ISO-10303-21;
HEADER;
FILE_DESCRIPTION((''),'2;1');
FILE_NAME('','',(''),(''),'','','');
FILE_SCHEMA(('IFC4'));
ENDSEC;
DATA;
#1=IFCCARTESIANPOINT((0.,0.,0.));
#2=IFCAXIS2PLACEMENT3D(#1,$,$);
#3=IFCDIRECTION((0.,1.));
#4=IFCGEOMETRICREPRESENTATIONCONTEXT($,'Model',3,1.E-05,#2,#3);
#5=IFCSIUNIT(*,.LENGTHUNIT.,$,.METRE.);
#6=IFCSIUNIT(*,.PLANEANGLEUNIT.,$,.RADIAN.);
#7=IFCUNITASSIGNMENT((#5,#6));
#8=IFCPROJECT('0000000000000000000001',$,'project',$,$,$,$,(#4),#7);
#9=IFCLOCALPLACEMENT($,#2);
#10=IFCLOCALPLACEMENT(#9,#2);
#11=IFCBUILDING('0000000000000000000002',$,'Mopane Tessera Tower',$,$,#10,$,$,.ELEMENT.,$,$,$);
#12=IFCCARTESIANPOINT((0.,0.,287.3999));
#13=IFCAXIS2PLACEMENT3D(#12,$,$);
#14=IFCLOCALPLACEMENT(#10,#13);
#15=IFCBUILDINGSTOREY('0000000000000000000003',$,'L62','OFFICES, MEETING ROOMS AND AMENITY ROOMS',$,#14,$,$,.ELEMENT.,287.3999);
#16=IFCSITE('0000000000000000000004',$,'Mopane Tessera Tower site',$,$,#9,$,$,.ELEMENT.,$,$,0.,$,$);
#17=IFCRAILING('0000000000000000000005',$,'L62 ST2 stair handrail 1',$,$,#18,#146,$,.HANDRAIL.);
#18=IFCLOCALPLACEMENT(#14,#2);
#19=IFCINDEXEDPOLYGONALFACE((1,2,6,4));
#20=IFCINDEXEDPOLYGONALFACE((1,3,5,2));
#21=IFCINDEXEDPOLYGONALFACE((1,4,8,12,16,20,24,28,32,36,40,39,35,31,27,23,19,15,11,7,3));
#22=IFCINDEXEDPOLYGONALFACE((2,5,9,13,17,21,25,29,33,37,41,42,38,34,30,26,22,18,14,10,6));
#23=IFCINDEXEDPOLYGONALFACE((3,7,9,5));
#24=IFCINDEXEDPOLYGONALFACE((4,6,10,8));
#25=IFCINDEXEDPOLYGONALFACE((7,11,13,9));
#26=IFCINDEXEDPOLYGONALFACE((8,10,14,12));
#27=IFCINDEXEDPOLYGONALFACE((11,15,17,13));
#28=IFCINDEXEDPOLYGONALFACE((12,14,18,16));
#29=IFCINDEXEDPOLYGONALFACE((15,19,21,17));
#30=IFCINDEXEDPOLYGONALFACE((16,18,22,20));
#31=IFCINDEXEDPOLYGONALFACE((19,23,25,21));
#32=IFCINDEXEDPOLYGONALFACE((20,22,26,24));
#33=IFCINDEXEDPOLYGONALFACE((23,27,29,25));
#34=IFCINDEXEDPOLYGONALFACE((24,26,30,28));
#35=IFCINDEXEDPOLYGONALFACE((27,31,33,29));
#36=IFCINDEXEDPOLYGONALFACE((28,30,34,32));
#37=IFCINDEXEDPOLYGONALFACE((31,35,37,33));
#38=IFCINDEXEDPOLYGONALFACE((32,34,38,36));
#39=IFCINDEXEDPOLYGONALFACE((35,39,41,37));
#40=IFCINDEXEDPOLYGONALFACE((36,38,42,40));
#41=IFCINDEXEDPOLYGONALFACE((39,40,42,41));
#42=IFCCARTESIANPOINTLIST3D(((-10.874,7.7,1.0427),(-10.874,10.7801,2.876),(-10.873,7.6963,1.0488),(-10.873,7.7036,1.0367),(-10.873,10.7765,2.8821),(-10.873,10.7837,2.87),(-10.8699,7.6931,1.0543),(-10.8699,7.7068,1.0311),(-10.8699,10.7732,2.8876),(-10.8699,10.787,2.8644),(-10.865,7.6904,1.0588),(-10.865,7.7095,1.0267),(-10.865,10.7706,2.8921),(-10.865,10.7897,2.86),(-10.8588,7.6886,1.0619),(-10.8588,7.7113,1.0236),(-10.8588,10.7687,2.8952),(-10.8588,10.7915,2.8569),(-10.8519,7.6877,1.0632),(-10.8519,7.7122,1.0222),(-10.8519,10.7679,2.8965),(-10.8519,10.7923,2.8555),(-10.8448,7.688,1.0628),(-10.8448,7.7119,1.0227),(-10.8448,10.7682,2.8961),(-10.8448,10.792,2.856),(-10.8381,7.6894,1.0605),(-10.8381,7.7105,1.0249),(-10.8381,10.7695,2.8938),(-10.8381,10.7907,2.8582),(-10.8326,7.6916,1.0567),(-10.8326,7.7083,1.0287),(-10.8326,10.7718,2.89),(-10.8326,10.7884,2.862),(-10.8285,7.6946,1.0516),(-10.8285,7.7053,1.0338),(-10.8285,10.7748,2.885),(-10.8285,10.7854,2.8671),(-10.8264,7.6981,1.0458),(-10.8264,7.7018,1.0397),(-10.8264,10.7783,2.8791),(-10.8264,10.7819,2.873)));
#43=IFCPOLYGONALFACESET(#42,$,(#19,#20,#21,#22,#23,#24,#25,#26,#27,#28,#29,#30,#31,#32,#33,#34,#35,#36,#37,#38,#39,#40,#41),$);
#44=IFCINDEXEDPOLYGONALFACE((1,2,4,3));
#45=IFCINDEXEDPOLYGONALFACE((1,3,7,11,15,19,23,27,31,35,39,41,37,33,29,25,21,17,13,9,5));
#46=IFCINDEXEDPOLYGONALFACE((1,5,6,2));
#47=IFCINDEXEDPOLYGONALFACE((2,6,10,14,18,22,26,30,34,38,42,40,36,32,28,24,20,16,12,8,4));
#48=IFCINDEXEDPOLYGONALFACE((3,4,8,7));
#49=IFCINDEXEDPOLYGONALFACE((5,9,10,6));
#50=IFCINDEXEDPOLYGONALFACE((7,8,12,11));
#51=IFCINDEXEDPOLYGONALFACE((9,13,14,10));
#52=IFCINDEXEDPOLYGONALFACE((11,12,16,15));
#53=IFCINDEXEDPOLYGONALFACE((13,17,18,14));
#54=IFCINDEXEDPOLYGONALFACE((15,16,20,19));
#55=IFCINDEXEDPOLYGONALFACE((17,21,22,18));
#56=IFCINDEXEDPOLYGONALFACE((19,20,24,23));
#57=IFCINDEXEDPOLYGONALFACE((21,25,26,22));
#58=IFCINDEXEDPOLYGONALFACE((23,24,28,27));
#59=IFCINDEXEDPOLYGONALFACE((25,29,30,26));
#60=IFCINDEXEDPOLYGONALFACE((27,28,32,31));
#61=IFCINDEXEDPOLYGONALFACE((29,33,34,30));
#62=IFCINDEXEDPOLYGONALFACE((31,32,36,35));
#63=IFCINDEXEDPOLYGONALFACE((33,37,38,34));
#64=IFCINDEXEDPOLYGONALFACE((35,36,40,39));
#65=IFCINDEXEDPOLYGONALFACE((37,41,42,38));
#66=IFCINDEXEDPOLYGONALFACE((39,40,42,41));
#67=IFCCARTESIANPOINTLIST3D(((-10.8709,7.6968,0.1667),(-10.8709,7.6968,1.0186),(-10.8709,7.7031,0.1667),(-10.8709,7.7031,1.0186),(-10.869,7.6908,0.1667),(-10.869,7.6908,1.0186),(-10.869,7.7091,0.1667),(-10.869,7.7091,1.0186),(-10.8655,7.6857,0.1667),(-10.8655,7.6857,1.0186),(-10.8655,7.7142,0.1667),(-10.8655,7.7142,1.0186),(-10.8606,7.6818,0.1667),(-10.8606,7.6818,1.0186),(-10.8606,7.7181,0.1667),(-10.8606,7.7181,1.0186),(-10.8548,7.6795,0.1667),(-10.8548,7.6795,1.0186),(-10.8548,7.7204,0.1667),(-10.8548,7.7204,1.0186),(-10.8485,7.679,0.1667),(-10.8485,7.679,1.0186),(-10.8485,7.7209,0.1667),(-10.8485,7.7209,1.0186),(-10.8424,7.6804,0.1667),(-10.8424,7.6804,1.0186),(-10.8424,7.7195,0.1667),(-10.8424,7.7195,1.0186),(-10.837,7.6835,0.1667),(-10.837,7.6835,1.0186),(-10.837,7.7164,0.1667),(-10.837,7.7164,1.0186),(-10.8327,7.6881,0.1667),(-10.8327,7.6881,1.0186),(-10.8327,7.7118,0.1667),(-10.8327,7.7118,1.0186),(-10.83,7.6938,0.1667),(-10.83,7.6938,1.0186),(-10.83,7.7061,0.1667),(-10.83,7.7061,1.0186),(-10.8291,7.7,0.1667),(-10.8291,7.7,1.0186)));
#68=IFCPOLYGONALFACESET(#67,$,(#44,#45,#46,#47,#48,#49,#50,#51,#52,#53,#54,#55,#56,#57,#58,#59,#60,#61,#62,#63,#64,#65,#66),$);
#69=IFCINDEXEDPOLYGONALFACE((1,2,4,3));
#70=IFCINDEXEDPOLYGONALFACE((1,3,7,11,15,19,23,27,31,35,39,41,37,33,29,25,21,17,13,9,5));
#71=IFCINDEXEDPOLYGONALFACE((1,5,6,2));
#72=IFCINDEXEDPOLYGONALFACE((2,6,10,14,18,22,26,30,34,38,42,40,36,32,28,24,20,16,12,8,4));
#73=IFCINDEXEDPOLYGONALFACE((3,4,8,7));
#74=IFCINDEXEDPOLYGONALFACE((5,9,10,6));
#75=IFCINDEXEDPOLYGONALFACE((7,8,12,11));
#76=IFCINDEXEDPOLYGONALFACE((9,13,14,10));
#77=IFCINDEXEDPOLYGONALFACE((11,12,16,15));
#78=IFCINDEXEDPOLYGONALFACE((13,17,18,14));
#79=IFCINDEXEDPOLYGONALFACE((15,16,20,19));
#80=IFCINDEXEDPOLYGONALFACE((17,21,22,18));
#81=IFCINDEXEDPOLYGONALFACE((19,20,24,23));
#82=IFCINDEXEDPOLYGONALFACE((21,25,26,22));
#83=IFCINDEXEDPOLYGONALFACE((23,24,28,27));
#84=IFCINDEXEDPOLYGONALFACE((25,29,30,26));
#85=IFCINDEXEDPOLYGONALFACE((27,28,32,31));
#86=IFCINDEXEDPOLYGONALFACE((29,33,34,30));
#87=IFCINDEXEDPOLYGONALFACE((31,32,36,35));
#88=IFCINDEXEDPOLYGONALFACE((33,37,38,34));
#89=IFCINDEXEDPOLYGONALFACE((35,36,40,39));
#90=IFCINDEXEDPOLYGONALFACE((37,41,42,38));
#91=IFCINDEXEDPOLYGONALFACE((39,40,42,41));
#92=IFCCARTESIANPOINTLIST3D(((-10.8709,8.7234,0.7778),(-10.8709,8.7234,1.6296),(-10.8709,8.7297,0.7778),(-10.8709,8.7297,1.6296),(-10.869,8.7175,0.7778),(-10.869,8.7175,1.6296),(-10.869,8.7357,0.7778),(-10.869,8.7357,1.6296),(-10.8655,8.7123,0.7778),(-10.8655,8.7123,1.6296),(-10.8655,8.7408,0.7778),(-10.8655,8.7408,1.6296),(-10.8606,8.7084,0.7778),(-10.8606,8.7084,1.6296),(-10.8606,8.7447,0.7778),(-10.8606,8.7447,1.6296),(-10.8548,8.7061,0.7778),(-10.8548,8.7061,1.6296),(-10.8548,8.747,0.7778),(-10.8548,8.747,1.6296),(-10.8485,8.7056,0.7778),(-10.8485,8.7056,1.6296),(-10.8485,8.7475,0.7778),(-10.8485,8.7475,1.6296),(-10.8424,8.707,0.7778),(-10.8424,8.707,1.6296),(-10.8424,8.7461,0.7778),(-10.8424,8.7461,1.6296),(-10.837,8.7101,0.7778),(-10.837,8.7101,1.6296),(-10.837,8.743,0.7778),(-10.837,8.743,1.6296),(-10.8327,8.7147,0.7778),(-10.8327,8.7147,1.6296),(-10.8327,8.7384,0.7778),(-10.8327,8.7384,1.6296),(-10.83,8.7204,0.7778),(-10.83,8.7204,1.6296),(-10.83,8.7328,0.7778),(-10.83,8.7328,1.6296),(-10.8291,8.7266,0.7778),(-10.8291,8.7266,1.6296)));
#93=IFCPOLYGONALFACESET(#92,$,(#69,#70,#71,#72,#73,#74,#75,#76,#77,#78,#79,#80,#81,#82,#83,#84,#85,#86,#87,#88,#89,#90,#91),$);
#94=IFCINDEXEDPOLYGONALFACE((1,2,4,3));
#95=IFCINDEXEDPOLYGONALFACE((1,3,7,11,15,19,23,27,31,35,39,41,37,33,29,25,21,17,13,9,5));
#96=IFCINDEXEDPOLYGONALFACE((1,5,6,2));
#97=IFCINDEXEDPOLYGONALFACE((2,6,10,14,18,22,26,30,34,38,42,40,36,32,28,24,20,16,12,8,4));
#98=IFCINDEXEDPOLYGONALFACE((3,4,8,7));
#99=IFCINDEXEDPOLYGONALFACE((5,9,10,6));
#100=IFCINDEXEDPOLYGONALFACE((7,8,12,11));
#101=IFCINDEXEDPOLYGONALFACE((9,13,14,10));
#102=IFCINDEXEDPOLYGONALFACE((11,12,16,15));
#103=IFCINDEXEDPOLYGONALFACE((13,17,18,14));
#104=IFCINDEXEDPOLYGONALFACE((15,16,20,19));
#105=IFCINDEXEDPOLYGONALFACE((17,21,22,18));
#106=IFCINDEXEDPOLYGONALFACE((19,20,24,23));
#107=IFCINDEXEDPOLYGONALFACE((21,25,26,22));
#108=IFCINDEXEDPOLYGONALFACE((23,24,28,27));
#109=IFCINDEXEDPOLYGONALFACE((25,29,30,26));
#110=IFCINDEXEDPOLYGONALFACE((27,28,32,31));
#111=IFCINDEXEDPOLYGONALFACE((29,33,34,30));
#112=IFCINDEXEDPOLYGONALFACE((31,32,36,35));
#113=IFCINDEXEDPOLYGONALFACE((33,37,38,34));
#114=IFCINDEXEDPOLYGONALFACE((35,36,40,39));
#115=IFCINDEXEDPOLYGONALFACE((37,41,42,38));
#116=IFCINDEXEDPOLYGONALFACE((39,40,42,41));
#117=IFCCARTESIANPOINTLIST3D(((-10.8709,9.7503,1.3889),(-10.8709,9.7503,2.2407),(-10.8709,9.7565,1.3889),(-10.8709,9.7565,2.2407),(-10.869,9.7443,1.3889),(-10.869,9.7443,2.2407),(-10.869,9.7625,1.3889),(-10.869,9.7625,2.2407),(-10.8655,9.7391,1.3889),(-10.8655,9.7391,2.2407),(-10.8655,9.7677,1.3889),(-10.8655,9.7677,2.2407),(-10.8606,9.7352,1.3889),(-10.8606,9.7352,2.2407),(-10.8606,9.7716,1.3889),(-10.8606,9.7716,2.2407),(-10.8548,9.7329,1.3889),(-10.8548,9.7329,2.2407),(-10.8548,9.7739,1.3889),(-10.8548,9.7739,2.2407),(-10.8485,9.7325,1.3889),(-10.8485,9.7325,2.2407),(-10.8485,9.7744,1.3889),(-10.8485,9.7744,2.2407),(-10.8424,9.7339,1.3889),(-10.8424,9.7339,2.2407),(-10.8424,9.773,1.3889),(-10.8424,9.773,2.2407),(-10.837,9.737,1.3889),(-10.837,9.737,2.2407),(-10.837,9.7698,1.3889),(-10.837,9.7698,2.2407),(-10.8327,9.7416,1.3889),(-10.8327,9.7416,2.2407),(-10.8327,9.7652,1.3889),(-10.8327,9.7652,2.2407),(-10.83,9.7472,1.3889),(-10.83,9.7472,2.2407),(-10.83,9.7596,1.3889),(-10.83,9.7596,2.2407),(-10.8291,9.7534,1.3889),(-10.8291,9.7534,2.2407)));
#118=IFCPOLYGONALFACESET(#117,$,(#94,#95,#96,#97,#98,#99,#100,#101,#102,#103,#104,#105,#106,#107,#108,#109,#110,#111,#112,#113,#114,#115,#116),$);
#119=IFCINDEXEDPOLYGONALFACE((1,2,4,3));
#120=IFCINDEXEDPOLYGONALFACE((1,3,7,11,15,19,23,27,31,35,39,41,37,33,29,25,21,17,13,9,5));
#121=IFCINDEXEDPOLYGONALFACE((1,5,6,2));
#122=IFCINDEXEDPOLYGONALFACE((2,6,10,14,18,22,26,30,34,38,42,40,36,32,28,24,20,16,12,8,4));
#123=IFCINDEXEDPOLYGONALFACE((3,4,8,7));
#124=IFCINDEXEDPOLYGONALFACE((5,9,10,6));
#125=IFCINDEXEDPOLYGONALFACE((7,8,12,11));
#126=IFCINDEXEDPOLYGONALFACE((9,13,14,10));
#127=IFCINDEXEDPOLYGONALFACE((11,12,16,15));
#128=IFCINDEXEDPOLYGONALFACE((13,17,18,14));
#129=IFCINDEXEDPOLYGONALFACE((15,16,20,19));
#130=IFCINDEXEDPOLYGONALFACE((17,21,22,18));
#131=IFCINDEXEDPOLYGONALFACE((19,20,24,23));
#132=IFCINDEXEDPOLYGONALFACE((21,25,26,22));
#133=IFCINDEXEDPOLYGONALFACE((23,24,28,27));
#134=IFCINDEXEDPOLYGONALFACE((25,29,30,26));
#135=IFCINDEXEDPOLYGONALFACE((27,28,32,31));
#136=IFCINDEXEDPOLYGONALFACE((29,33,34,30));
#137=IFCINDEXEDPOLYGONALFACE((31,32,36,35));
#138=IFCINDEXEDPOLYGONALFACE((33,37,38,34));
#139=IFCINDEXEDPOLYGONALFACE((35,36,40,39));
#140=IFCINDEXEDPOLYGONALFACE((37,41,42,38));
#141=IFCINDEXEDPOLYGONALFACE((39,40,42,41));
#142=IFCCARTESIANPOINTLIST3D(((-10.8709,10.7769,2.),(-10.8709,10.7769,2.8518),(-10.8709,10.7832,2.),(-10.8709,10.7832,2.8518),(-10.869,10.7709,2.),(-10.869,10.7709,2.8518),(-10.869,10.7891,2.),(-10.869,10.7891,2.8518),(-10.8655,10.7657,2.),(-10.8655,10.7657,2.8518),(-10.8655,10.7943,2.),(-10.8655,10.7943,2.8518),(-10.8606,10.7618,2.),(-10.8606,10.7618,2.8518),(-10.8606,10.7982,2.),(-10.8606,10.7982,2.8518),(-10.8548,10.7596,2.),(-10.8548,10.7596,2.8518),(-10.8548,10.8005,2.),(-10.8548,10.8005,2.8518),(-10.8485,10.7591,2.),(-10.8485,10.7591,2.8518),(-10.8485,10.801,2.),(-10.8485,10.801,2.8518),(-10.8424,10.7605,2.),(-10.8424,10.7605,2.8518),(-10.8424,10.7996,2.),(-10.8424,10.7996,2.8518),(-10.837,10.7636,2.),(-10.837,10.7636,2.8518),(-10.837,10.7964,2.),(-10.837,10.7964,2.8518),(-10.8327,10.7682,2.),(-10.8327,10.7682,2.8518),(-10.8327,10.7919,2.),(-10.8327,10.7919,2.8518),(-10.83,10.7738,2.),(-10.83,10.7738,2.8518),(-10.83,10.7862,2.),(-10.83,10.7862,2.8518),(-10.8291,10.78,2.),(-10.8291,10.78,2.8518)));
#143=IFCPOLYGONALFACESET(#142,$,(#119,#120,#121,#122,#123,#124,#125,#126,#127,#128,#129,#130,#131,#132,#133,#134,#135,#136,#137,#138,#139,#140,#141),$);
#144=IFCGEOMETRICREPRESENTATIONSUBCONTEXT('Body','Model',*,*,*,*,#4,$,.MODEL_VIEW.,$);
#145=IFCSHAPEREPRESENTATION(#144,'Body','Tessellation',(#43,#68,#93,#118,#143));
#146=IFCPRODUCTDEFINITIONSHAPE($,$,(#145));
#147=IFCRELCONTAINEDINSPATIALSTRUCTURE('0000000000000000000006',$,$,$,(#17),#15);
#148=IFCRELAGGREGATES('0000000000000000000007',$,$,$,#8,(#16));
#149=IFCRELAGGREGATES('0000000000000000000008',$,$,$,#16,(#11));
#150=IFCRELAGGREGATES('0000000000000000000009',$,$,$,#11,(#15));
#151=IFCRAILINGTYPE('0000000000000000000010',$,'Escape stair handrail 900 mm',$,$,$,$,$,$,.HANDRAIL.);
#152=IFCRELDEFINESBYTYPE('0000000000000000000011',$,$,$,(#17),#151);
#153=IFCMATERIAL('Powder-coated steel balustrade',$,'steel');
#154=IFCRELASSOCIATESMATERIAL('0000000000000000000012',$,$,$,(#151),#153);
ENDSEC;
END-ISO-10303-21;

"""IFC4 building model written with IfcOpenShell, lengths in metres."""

from ifc_helpers import new_model, si_unit, direction, frame, origin, origin_2d, place, context, subcontext, project, spatial, circle, extrude, material, type_object, element, save


model = new_model("IFC4")

# Units and contexts
model_context = context("Model", 3, precision=1e-05, world=origin(), true_north=direction((0.0, 1.0)))
body_context = subcontext(model_context, "Body", "Model", "MODEL_VIEW")
ifc_project = project(units=[si_unit("LENGTHUNIT", "METRE"), si_unit("PLANEANGLEUNIT", "RADIAN")], contexts=[model_context])

# Site, building, storey
site_placement = place(None, origin())
site = spatial("IfcSite", under=ifc_project, at=site_placement, Name="Mopane Tessera Tower site", CompositionType="ELEMENT", RefElevation=0.0)
building_placement = place(site_placement, origin())
building = spatial("IfcBuilding", under=site, at=building_placement, Name="Mopane Tessera Tower", CompositionType="ELEMENT")
storey_placement = place(building_placement, frame((0.0, 0.0, 287.3999)))
storey = spatial("IfcBuildingStorey", under=building, at=storey_placement, Name="L62", Description="OFFICES, MEETING ROOMS AND AMENITY ROOMS", CompositionType="ELEMENT", Elevation=287.3999)

# Railing
ifc_material_1 = material(Name="Powder-coated steel balustrade", Category="steel")
railing_type_1 = type_object("IfcRailingType", Name="Escape stair handrail 900 mm", PredefinedType="HANDRAIL", material=ifc_material_1)
railing_1_placement = place(storey_placement, frame((-10.8501, 7.7, 0.1667)))
element("IfcRailing", 1, at=railing_1_placement, inside=storey, type_object=railing_type_1, Name="L62 ST2 stair handrail 1", PredefinedType="HANDRAIL", context=body_context, shape_type="SweptSolid", body=[
    extrude(circle(Radius=0.0239, at=origin_2d()), frame((0.0, 0.0, 0.876), z_axis=(0.0, 0.859309, 0.511458), x_axis=(-1.0, 0.0, 0.0)), (0.0, 0.0, 1.0), 3.5845),
    extrude(circle(Radius=0.021, at=origin_2d()), origin(), (0.0, 0.0, 1.0), 0.8518),
    extrude(circle(Radius=0.021, at=origin_2d()), frame((0.0, 1.0266, 0.6111)), (0.0, 0.0, 1.0), 0.8518),
    extrude(circle(Radius=0.021, at=origin_2d()), frame((0.0, 2.0535, 1.2222)), (0.0, 0.0, 1.0), 0.8518),
    extrude(circle(Radius=0.021, at=origin_2d()), frame((0.0, 3.0801, 1.8333)), (0.0, 0.0, 1.0), 0.8518),
])

save(model, "model.ifc")
